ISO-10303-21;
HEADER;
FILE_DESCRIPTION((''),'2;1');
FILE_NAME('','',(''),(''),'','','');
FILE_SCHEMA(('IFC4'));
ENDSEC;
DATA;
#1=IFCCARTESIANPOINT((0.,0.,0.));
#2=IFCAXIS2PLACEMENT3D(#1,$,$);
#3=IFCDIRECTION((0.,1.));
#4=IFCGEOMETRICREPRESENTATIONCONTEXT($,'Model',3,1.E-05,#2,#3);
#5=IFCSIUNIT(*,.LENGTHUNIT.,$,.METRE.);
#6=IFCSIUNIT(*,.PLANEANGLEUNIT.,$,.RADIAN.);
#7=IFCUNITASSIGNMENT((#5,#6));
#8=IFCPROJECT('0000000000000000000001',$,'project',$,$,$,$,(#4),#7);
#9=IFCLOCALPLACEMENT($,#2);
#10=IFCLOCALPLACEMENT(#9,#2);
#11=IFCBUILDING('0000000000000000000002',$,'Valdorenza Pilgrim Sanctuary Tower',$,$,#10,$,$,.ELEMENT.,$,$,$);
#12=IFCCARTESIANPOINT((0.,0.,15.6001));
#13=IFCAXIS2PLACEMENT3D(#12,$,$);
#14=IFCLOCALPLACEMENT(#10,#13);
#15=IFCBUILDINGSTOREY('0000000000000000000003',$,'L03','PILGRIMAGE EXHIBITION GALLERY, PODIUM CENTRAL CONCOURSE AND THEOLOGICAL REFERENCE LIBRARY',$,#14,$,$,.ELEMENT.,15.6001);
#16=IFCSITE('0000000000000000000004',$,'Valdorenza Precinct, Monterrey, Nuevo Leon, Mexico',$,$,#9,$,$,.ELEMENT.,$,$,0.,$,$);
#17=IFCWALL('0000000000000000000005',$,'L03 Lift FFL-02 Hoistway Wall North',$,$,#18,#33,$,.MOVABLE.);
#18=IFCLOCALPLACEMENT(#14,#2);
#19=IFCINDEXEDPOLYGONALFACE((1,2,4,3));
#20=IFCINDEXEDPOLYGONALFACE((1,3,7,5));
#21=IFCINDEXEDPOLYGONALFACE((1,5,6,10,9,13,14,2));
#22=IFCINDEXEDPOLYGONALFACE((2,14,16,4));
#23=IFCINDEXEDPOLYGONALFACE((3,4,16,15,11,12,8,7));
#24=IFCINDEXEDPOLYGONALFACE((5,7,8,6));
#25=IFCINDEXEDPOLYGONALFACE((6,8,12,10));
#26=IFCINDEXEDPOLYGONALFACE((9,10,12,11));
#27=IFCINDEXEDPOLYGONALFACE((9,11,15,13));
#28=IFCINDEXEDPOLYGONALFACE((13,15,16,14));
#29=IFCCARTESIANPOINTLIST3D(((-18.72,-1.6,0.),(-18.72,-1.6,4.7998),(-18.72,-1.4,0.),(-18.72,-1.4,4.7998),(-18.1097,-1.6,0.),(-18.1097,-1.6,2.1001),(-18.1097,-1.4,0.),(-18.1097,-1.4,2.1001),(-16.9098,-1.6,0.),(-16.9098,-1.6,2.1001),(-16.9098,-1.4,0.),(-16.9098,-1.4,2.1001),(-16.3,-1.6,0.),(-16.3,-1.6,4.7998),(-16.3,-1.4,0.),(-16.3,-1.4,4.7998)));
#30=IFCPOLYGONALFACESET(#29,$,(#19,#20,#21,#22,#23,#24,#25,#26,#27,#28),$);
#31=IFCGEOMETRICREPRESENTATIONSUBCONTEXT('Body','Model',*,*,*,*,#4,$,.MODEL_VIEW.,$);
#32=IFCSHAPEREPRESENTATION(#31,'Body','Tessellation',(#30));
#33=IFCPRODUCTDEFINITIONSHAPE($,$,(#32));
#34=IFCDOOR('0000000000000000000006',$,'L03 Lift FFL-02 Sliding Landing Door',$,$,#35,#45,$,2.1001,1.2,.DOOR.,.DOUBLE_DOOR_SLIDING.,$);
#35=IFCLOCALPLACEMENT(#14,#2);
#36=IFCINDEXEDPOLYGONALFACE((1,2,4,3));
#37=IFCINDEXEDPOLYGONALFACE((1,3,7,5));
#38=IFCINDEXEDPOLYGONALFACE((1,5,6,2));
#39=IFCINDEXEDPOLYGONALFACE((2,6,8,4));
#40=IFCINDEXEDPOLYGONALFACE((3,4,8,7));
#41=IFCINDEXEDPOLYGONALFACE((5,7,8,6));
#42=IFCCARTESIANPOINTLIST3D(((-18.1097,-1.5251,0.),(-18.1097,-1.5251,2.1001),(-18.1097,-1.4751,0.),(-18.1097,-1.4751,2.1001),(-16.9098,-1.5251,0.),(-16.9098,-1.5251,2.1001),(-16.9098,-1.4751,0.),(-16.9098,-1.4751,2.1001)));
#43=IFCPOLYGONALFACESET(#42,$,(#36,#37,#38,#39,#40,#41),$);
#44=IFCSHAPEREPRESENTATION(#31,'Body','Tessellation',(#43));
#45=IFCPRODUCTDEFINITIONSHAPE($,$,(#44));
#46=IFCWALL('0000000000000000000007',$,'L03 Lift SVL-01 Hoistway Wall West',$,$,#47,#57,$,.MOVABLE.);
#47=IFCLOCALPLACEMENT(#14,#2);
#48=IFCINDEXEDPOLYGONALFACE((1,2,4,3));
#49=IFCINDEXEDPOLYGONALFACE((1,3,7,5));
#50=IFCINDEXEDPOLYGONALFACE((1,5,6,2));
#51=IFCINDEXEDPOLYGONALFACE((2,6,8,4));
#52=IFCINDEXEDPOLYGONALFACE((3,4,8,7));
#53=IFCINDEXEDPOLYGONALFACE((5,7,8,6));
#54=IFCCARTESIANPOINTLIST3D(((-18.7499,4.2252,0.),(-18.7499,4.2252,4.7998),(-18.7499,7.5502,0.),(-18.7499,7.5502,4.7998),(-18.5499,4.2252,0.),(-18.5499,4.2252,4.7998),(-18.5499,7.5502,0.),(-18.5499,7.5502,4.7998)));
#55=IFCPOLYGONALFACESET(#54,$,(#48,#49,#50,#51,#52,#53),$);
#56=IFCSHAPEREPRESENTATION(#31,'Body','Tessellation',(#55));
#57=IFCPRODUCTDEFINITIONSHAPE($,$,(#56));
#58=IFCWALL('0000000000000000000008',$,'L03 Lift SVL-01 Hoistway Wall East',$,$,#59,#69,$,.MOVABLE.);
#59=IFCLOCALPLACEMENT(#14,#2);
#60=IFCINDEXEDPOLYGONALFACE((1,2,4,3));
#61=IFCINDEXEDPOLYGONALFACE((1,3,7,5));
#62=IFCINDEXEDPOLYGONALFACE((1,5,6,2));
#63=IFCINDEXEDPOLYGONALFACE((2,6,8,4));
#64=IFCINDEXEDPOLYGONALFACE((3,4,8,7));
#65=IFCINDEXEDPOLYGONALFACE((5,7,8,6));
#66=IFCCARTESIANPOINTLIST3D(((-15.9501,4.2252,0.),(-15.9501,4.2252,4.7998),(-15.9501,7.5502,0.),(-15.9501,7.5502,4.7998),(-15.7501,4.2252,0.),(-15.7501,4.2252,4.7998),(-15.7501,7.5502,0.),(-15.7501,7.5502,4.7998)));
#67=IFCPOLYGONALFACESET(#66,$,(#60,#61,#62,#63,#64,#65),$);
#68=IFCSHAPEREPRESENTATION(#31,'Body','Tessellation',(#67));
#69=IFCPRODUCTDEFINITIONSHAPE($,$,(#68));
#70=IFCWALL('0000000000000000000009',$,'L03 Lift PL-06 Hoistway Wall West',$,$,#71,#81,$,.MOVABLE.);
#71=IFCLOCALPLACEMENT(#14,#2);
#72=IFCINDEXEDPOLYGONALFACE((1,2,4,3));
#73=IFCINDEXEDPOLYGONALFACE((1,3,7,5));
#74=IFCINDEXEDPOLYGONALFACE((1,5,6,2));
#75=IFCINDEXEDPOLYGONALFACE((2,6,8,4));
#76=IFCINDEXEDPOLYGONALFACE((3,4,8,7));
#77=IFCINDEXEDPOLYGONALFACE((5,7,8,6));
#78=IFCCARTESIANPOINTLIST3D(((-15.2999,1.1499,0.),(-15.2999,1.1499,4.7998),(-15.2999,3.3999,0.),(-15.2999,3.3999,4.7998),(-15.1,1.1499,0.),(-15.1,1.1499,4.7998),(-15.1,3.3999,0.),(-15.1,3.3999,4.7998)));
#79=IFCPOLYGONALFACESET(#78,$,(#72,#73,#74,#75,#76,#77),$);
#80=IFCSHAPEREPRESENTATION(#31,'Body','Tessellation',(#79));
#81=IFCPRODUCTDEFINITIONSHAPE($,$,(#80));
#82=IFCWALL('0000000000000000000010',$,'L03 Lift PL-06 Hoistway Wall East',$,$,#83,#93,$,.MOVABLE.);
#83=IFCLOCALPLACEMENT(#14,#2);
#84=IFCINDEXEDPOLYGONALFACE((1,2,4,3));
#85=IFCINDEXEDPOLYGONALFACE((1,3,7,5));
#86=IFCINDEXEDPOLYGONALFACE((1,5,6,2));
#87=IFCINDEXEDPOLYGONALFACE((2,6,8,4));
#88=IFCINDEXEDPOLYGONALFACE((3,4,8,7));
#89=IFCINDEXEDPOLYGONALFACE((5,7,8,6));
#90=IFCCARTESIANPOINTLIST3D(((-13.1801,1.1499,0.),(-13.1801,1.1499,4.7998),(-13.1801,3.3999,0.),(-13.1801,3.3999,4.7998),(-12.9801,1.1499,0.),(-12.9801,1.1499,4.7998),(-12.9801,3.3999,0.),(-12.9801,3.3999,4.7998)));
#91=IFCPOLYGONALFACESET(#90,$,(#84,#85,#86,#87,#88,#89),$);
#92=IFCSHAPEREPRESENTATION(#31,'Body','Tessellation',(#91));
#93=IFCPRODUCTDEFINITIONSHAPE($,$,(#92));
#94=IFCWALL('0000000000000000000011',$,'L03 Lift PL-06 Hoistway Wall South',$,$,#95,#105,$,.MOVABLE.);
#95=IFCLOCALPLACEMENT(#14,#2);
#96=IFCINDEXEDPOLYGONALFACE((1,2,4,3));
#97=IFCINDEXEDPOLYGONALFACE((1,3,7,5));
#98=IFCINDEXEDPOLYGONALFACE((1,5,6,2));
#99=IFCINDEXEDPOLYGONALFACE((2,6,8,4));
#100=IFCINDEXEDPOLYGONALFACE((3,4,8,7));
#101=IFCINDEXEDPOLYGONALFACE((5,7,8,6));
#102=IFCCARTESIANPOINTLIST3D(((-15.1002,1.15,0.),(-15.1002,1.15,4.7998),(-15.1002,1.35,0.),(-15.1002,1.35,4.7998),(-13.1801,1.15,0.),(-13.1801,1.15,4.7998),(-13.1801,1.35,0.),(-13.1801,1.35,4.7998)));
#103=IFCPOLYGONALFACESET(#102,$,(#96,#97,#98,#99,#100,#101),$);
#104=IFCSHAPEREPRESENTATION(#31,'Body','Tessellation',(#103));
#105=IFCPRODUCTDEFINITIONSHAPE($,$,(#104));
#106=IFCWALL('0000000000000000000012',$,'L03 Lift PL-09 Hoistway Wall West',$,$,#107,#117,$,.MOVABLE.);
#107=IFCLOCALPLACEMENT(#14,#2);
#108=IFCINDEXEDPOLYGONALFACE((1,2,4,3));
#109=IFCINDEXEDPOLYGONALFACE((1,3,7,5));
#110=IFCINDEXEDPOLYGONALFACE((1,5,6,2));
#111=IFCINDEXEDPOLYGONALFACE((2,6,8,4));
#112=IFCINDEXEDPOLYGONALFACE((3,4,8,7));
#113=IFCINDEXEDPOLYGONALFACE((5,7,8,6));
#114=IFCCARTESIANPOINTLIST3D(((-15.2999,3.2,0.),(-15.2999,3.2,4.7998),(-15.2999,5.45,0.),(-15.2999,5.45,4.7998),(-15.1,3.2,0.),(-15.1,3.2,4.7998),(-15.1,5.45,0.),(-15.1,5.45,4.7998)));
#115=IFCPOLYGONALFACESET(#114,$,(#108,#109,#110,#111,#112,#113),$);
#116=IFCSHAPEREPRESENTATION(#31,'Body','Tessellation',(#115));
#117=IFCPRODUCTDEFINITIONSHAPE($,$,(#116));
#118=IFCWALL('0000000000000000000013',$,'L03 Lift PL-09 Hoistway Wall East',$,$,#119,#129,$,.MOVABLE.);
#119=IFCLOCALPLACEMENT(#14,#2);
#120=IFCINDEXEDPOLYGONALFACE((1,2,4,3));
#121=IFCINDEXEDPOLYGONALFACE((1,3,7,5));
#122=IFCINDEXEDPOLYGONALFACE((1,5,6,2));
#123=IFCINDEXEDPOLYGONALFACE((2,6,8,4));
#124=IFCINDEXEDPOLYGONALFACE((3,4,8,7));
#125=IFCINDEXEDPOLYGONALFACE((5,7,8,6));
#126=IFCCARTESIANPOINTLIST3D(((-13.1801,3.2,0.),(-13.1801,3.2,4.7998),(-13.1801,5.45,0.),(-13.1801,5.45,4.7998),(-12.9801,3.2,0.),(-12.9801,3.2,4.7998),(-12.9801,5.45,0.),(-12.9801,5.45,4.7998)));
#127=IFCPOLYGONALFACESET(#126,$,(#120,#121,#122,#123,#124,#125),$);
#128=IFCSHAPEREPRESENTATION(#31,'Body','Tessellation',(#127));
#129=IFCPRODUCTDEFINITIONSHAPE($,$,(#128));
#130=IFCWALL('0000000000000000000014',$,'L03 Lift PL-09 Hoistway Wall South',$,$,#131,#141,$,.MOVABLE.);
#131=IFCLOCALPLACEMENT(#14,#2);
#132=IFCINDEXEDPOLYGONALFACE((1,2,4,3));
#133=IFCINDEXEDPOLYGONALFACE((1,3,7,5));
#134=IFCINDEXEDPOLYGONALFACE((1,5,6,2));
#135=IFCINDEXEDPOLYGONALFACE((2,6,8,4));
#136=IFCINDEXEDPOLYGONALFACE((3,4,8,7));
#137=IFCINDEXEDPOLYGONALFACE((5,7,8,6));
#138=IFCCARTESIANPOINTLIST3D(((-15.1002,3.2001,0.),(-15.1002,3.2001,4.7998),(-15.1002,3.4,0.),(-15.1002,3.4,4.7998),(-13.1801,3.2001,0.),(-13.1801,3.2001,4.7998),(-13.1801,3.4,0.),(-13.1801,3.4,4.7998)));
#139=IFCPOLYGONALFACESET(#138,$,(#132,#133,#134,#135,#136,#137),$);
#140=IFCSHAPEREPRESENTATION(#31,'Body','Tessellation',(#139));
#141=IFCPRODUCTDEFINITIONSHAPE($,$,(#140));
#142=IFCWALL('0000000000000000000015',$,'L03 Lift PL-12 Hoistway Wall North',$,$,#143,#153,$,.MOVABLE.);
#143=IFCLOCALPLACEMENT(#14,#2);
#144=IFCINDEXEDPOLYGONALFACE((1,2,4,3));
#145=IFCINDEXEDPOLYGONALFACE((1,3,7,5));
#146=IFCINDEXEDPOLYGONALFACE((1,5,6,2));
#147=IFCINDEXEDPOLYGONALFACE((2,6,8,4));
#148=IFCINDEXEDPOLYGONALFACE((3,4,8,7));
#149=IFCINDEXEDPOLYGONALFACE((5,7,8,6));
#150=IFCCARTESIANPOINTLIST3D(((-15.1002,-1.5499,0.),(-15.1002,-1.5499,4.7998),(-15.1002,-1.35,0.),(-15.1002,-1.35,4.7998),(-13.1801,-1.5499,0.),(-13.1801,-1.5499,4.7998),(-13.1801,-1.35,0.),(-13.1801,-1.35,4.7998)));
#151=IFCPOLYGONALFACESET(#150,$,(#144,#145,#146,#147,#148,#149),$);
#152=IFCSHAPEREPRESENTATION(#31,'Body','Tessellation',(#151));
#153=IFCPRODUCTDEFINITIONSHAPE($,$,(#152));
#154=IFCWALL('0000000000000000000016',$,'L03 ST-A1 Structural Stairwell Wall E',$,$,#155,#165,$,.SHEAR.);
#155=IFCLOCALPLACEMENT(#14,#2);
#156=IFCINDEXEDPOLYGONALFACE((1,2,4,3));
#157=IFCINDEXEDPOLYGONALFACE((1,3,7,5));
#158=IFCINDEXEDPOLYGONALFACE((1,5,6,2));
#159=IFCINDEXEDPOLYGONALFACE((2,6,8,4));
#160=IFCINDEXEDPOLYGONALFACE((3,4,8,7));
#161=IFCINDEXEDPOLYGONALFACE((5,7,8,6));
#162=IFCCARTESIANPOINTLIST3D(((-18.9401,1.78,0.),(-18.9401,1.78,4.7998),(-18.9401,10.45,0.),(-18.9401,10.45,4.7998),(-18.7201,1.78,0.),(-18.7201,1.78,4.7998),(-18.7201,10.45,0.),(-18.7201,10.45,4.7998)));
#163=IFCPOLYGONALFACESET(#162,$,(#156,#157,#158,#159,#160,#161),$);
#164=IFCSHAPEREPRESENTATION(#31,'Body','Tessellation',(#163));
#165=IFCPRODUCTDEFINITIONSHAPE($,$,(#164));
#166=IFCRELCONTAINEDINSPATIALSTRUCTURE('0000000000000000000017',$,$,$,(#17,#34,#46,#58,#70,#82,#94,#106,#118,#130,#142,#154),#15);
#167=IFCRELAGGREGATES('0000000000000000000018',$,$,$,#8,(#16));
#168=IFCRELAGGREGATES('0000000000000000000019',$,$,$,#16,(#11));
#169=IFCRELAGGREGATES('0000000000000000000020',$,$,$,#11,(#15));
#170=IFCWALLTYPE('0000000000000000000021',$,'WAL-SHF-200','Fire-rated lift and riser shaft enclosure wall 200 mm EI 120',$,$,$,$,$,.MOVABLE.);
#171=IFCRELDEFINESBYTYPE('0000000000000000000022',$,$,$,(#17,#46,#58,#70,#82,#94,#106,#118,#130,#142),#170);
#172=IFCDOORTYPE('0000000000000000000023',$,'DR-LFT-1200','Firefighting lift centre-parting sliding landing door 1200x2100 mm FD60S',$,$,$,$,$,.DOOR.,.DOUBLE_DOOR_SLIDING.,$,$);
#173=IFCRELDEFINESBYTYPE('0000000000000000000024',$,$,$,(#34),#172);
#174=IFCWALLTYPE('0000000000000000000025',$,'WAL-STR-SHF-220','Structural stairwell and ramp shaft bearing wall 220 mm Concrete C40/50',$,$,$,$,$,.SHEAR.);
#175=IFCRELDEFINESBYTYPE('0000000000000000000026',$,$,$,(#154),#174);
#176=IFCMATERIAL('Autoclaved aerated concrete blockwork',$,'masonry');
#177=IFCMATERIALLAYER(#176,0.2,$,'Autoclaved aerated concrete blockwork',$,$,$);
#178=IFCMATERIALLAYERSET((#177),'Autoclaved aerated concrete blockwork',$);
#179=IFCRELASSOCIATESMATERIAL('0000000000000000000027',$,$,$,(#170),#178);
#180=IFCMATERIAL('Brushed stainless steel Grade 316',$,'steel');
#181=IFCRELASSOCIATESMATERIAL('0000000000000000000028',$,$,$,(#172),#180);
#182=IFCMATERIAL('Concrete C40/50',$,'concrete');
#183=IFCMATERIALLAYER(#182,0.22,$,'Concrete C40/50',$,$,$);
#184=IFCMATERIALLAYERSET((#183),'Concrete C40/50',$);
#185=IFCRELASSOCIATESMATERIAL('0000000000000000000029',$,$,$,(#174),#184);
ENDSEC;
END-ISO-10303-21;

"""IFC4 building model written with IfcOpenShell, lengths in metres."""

from ifc_helpers import new_model, si_unit, direction, frame, frame_2d, origin, place, context, subcontext, project, spatial, rectangle, extrude, material, layer, layer_set, type_object, element, fill, save


model = new_model("IFC4")

# Units and contexts
model_context = context("Model", 3, precision=1e-05, world=origin(), true_north=direction((0.0, 1.0)))
body_context = subcontext(model_context, "Body", "Model", "MODEL_VIEW")
ifc_project = project(units=[si_unit("LENGTHUNIT", "METRE"), si_unit("PLANEANGLEUNIT", "RADIAN")], contexts=[model_context])

# Site, building, storey
site_placement = place(None, origin())
site = spatial("IfcSite", under=ifc_project, at=site_placement, Name="Valdorenza Precinct, Monterrey, Nuevo Leon, Mexico", CompositionType="ELEMENT", RefElevation=0.0)
building_placement = place(site_placement, origin())
building = spatial("IfcBuilding", under=site, at=building_placement, Name="Valdorenza Pilgrim Sanctuary Tower", CompositionType="ELEMENT")
storey_placement = place(building_placement, frame((0.0, 0.0, 15.6001)))
storey = spatial("IfcBuildingStorey", under=building, at=storey_placement, Name="L03", Description="PILGRIMAGE EXHIBITION GALLERY, PODIUM CENTRAL CONCOURSE AND THEOLOGICAL REFERENCE LIBRARY", CompositionType="ELEMENT", Elevation=15.6001)

# Shared definitions
ifc_material_1 = material(Name="Autoclaved aerated concrete blockwork", Category="masonry")
ifc_layer_1 = layer(ifc_material_1, 0.2, Name="Autoclaved aerated concrete blockwork")
ifc_layer_set_1 = layer_set([ifc_layer_1], Name="Autoclaved aerated concrete blockwork")
wall_type_1 = type_object("IfcWallType", Name="WAL-SHF-200", Description="Fire-rated lift and riser shaft enclosure wall 200 mm EI 120", PredefinedType="MOVABLE", material=ifc_layer_set_1)

# Shared definitions
ifc_material_2 = material(Name="Brushed stainless steel Grade 316", Category="steel")
door_type_1 = type_object("IfcDoorType", Name="DR-LFT-1200", Description="Firefighting lift centre-parting sliding landing door 1200x2100 mm FD60S", OperationType="DOUBLE_DOOR_SLIDING", PredefinedType="DOOR", material=ifc_material_2)

# Wall, opening, door
wall_1_placement = place(storey_placement, frame((-18.72, -1.5, 0.0), z_axis=(0.0, 0.0, 1.0), x_axis=(1.0, 0.0, 0.0)))
wall_1 = element("IfcWall", 1, at=wall_1_placement, inside=storey, type_object=wall_type_1, Name="L03 Lift FFL-02 Hoistway Wall North", PredefinedType="MOVABLE", context=body_context, shape_type="SweptSolid", body=[
    extrude(rectangle(XDim=2.4199, YDim=0.2, at=frame_2d((1.21, 0.0))), origin(), (0.0, 0.0, 1.0), 4.7998),
])
opening_1_placement = place(wall_1_placement, frame((0.6101, 0.0, 0.0)))
opening_1 = element("IfcOpeningElement", 2, at=opening_1_placement, cuts=wall_1, PredefinedType="OPENING", context=body_context, shape_type="SweptSolid", body=[
    extrude(rectangle(XDim=1.2, YDim=2.1001, at=frame_2d((0.6001, 1.05))), frame((0.0, 0.1147, 0.0), z_axis=(0.0, -1.0, 0.0), x_axis=(1.0, 0.0, 0.0)), (0.0, 0.0, 1.0), 0.2297),
])
door_1_placement = place(opening_1_placement, origin())
door_1 = element("IfcDoor", 3, at=door_1_placement, inside=storey, type_object=door_type_1, Name="L03 Lift FFL-02 Sliding Landing Door", OperationType="DOUBLE_DOOR_SLIDING", OverallHeight=2.1001, OverallWidth=1.2, PredefinedType="DOOR", context=body_context, shape_type="SweptSolid", body=[
    extrude(rectangle(XDim=1.2, YDim=2.1001, at=frame_2d((0.6001, 1.05))), frame((0.0, 0.0249, 0.0), z_axis=(0.0, -1.0, 0.0), x_axis=(1.0, 0.0, 0.0)), (0.0, 0.0, 1.0), 0.05),
])
fill(opening_1, door_1)

# Walls
for number, where, z_axis, x_axis, name in (
    (4, (-18.6499, 4.2251, 0.0), (0.0, 0.0, 1.0), (0.0, 1.0, 0.0), "L03 Lift SVL-01 Hoistway Wall West"),
    (5, (-15.8501, 4.2251, 0.0), (0.0, 0.0, 1.0), (0.0, 1.0, 0.0), "L03 Lift SVL-01 Hoistway Wall East"),
):
    element("IfcWall", number, at=place(storey_placement, frame(where, z_axis=z_axis, x_axis=x_axis)), inside=storey, type_object=wall_type_1, Name=name, PredefinedType="MOVABLE", context=body_context, shape_type="SweptSolid", body=[
        extrude(rectangle(XDim=3.325, YDim=0.2, at=frame_2d((1.6626, 0.0))), origin(), (0.0, 0.0, 1.0), 4.7998),
    ])
for number, where, z_axis, x_axis, name in (
    (6, (-15.2, 1.1499, 0.0), (0.0, 0.0, 1.0), (0.0, 1.0, 0.0), "L03 Lift PL-06 Hoistway Wall West"),
    (7, (-13.0801, 1.1499, 0.0), (0.0, 0.0, 1.0), (0.0, 1.0, 0.0), "L03 Lift PL-06 Hoistway Wall East"),
):
    element("IfcWall", number, at=place(storey_placement, frame(where, z_axis=z_axis, x_axis=x_axis)), inside=storey, type_object=wall_type_1, Name=name, PredefinedType="MOVABLE", context=body_context, shape_type="SweptSolid", body=[
        extrude(rectangle(XDim=2.25, YDim=0.2, at=frame_2d((1.125, 0.0))), origin(), (0.0, 0.0, 1.0), 4.7998),
    ])
wall_2_placement = place(storey_placement, frame((-15.1001, 1.25, 0.0), z_axis=(0.0, 0.0, 1.0), x_axis=(1.0, 0.0, 0.0)))
element("IfcWall", 8, at=wall_2_placement, inside=storey, type_object=wall_type_1, Name="L03 Lift PL-06 Hoistway Wall South", PredefinedType="MOVABLE", context=body_context, shape_type="SweptSolid", body=[
    extrude(rectangle(XDim=1.9202, YDim=0.2, at=frame_2d((0.96, 0.0))), origin(), (0.0, 0.0, 1.0), 4.7998),
])
for number, where, z_axis, x_axis, name in (
    (9, (-15.2, 3.2, 0.0), (0.0, 0.0, 1.0), (0.0, 1.0, 0.0), "L03 Lift PL-09 Hoistway Wall West"),
    (10, (-13.0801, 3.2, 0.0), (0.0, 0.0, 1.0), (0.0, 1.0, 0.0), "L03 Lift PL-09 Hoistway Wall East"),
):
    element("IfcWall", number, at=place(storey_placement, frame(where, z_axis=z_axis, x_axis=x_axis)), inside=storey, type_object=wall_type_1, Name=name, PredefinedType="MOVABLE", context=body_context, shape_type="SweptSolid", body=[
        extrude(rectangle(XDim=2.25, YDim=0.2, at=frame_2d((1.125, 0.0))), origin(), (0.0, 0.0, 1.0), 4.7998),
    ])
for number, where, z_axis, x_axis, name in (
    (11, (-15.1001, 3.3, 0.0), (0.0, 0.0, 1.0), (1.0, 0.0, 0.0), "L03 Lift PL-09 Hoistway Wall South"),
    (12, (-15.1001, -1.45, 0.0), (0.0, 0.0, 1.0), (1.0, 0.0, 0.0), "L03 Lift PL-12 Hoistway Wall North"),
):
    element("IfcWall", number, at=place(storey_placement, frame(where, z_axis=z_axis, x_axis=x_axis)), inside=storey, type_object=wall_type_1, Name=name, PredefinedType="MOVABLE", context=body_context, shape_type="SweptSolid", body=[
        extrude(rectangle(XDim=1.9202, YDim=0.2, at=frame_2d((0.96, 0.0))), origin(), (0.0, 0.0, 1.0), 4.7998),
    ])
ifc_material_3 = material(Name="Concrete C40/50", Category="concrete")
ifc_layer_2 = layer(ifc_material_3, 0.22, Name="Concrete C40/50")
ifc_layer_set_2 = layer_set([ifc_layer_2], Name="Concrete C40/50")
wall_type_2 = type_object("IfcWallType", Name="WAL-STR-SHF-220", Description="Structural stairwell and ramp shaft bearing wall 220 mm Concrete C40/50", PredefinedType="SHEAR", material=ifc_layer_set_2)
wall_3_placement = place(storey_placement, frame((-18.8301, 1.78, 0.0), z_axis=(0.0, 0.0, 1.0), x_axis=(0.0, 1.0, 0.0)))
element("IfcWall", 13, at=wall_3_placement, inside=storey, type_object=wall_type_2, Name="L03 ST-A1 Structural Stairwell Wall E", PredefinedType="SHEAR", context=body_context, shape_type="SweptSolid", body=[
    extrude(rectangle(XDim=8.6699, YDim=0.22, at=frame_2d((4.335, 0.0))), origin(), (0.0, 0.0, 1.0), 4.7998),
])

save(model, "model.ifc")
